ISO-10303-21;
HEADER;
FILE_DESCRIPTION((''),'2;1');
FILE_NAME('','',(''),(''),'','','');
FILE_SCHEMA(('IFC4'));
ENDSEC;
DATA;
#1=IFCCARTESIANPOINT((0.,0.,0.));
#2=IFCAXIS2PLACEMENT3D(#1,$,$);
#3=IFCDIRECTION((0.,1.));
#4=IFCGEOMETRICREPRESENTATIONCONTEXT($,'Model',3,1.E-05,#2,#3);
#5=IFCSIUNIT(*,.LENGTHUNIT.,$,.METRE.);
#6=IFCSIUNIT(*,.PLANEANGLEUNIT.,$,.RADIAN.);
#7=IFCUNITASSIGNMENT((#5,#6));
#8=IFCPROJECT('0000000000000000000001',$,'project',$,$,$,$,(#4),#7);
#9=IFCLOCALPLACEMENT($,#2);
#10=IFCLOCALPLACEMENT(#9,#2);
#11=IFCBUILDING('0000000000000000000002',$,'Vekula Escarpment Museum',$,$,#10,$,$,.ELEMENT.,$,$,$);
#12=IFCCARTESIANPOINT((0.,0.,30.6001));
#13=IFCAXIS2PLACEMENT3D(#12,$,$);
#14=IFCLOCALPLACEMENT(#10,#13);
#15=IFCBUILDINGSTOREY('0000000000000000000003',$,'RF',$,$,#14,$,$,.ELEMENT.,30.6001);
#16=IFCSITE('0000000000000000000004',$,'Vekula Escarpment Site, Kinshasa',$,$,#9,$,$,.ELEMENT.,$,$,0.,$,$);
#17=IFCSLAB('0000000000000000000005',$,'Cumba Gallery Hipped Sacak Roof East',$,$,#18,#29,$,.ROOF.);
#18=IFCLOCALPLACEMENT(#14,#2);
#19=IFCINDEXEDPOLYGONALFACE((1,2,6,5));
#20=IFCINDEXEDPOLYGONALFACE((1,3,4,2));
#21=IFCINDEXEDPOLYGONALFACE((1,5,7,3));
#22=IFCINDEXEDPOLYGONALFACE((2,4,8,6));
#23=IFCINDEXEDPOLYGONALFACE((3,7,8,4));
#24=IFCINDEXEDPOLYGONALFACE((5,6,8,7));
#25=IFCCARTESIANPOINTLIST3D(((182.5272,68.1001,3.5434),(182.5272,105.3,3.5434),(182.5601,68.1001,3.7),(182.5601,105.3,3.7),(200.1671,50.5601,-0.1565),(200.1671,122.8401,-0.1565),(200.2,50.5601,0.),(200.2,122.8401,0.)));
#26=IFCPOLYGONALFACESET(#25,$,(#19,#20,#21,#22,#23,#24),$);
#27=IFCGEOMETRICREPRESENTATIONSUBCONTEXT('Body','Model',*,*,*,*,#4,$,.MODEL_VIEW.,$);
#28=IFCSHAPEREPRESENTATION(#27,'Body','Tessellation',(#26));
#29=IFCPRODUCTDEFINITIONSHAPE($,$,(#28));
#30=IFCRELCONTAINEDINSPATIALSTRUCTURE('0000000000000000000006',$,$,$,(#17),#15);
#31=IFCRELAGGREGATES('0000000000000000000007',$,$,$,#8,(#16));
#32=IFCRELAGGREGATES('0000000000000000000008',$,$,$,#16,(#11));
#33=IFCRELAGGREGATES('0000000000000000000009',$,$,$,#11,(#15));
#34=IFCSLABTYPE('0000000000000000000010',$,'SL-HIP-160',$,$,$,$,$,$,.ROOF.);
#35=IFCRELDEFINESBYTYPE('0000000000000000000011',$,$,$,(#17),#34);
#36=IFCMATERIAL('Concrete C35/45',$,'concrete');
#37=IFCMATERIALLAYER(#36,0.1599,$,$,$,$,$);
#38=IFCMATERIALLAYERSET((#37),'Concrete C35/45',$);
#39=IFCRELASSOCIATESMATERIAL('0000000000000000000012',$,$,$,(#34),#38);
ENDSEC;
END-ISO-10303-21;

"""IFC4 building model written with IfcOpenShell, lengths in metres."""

from ifc_helpers import new_model, si_unit, direction, frame, origin, place, context, subcontext, project, spatial, polyline, outline, extrude, material, layer, layer_set, type_object, element, save


model = new_model("IFC4")

# Units and contexts
model_context = context("Model", 3, precision=1e-05, world=origin(), true_north=direction((0.0, 1.0)))
body_context = subcontext(model_context, "Body", "Model", "MODEL_VIEW")
ifc_project = project(units=[si_unit("LENGTHUNIT", "METRE"), si_unit("PLANEANGLEUNIT", "RADIAN")], contexts=[model_context])

# Site, building, storey
site_placement = place(None, origin())
site = spatial("IfcSite", under=ifc_project, at=site_placement, Name="Vekula Escarpment Site, Kinshasa", CompositionType="ELEMENT", RefElevation=0.0)
building_placement = place(site_placement, origin())
building = spatial("IfcBuilding", under=site, at=building_placement, Name="Vekula Escarpment Museum", CompositionType="ELEMENT")
storey_placement = place(building_placement, frame((0.0, 0.0, 30.6001)))
storey = spatial("IfcBuildingStorey", under=building, at=storey_placement, Name="RF", CompositionType="ELEMENT", Elevation=30.6001)

# Slab
ifc_material_1 = material(Name="Concrete C35/45", Category="concrete")
ifc_layer = layer(ifc_material_1, 0.1599)
ifc_layer_set = layer_set([ifc_layer], Name="Concrete C35/45")
slab_type = type_object("IfcSlabType", Name="SL-HIP-160", PredefinedType="ROOF", material=ifc_layer_set)
slab_placement = place(storey_placement, frame((200.2, 50.5601, 0.0), z_axis=(0.205282, 0.0, 0.978703), x_axis=(0.0, 1.0, 0.0)))
element("IfcSlab", 1, at=slab_placement, inside=storey, type_object=slab_type, Name="Cumba Gallery Hipped Sacak Roof East", PredefinedType="ROOF", context=body_context, shape_type="SweptSolid", body=[
    extrude(outline(polyline([(0.0, 0.0), (72.28, 0.0), (54.74, 18.0237), (17.54, 18.0237), (0.0, 0.0)])), origin(), (0.0, 0.0, -1.0), 0.1599),
])

save(model, "model.ifc")
